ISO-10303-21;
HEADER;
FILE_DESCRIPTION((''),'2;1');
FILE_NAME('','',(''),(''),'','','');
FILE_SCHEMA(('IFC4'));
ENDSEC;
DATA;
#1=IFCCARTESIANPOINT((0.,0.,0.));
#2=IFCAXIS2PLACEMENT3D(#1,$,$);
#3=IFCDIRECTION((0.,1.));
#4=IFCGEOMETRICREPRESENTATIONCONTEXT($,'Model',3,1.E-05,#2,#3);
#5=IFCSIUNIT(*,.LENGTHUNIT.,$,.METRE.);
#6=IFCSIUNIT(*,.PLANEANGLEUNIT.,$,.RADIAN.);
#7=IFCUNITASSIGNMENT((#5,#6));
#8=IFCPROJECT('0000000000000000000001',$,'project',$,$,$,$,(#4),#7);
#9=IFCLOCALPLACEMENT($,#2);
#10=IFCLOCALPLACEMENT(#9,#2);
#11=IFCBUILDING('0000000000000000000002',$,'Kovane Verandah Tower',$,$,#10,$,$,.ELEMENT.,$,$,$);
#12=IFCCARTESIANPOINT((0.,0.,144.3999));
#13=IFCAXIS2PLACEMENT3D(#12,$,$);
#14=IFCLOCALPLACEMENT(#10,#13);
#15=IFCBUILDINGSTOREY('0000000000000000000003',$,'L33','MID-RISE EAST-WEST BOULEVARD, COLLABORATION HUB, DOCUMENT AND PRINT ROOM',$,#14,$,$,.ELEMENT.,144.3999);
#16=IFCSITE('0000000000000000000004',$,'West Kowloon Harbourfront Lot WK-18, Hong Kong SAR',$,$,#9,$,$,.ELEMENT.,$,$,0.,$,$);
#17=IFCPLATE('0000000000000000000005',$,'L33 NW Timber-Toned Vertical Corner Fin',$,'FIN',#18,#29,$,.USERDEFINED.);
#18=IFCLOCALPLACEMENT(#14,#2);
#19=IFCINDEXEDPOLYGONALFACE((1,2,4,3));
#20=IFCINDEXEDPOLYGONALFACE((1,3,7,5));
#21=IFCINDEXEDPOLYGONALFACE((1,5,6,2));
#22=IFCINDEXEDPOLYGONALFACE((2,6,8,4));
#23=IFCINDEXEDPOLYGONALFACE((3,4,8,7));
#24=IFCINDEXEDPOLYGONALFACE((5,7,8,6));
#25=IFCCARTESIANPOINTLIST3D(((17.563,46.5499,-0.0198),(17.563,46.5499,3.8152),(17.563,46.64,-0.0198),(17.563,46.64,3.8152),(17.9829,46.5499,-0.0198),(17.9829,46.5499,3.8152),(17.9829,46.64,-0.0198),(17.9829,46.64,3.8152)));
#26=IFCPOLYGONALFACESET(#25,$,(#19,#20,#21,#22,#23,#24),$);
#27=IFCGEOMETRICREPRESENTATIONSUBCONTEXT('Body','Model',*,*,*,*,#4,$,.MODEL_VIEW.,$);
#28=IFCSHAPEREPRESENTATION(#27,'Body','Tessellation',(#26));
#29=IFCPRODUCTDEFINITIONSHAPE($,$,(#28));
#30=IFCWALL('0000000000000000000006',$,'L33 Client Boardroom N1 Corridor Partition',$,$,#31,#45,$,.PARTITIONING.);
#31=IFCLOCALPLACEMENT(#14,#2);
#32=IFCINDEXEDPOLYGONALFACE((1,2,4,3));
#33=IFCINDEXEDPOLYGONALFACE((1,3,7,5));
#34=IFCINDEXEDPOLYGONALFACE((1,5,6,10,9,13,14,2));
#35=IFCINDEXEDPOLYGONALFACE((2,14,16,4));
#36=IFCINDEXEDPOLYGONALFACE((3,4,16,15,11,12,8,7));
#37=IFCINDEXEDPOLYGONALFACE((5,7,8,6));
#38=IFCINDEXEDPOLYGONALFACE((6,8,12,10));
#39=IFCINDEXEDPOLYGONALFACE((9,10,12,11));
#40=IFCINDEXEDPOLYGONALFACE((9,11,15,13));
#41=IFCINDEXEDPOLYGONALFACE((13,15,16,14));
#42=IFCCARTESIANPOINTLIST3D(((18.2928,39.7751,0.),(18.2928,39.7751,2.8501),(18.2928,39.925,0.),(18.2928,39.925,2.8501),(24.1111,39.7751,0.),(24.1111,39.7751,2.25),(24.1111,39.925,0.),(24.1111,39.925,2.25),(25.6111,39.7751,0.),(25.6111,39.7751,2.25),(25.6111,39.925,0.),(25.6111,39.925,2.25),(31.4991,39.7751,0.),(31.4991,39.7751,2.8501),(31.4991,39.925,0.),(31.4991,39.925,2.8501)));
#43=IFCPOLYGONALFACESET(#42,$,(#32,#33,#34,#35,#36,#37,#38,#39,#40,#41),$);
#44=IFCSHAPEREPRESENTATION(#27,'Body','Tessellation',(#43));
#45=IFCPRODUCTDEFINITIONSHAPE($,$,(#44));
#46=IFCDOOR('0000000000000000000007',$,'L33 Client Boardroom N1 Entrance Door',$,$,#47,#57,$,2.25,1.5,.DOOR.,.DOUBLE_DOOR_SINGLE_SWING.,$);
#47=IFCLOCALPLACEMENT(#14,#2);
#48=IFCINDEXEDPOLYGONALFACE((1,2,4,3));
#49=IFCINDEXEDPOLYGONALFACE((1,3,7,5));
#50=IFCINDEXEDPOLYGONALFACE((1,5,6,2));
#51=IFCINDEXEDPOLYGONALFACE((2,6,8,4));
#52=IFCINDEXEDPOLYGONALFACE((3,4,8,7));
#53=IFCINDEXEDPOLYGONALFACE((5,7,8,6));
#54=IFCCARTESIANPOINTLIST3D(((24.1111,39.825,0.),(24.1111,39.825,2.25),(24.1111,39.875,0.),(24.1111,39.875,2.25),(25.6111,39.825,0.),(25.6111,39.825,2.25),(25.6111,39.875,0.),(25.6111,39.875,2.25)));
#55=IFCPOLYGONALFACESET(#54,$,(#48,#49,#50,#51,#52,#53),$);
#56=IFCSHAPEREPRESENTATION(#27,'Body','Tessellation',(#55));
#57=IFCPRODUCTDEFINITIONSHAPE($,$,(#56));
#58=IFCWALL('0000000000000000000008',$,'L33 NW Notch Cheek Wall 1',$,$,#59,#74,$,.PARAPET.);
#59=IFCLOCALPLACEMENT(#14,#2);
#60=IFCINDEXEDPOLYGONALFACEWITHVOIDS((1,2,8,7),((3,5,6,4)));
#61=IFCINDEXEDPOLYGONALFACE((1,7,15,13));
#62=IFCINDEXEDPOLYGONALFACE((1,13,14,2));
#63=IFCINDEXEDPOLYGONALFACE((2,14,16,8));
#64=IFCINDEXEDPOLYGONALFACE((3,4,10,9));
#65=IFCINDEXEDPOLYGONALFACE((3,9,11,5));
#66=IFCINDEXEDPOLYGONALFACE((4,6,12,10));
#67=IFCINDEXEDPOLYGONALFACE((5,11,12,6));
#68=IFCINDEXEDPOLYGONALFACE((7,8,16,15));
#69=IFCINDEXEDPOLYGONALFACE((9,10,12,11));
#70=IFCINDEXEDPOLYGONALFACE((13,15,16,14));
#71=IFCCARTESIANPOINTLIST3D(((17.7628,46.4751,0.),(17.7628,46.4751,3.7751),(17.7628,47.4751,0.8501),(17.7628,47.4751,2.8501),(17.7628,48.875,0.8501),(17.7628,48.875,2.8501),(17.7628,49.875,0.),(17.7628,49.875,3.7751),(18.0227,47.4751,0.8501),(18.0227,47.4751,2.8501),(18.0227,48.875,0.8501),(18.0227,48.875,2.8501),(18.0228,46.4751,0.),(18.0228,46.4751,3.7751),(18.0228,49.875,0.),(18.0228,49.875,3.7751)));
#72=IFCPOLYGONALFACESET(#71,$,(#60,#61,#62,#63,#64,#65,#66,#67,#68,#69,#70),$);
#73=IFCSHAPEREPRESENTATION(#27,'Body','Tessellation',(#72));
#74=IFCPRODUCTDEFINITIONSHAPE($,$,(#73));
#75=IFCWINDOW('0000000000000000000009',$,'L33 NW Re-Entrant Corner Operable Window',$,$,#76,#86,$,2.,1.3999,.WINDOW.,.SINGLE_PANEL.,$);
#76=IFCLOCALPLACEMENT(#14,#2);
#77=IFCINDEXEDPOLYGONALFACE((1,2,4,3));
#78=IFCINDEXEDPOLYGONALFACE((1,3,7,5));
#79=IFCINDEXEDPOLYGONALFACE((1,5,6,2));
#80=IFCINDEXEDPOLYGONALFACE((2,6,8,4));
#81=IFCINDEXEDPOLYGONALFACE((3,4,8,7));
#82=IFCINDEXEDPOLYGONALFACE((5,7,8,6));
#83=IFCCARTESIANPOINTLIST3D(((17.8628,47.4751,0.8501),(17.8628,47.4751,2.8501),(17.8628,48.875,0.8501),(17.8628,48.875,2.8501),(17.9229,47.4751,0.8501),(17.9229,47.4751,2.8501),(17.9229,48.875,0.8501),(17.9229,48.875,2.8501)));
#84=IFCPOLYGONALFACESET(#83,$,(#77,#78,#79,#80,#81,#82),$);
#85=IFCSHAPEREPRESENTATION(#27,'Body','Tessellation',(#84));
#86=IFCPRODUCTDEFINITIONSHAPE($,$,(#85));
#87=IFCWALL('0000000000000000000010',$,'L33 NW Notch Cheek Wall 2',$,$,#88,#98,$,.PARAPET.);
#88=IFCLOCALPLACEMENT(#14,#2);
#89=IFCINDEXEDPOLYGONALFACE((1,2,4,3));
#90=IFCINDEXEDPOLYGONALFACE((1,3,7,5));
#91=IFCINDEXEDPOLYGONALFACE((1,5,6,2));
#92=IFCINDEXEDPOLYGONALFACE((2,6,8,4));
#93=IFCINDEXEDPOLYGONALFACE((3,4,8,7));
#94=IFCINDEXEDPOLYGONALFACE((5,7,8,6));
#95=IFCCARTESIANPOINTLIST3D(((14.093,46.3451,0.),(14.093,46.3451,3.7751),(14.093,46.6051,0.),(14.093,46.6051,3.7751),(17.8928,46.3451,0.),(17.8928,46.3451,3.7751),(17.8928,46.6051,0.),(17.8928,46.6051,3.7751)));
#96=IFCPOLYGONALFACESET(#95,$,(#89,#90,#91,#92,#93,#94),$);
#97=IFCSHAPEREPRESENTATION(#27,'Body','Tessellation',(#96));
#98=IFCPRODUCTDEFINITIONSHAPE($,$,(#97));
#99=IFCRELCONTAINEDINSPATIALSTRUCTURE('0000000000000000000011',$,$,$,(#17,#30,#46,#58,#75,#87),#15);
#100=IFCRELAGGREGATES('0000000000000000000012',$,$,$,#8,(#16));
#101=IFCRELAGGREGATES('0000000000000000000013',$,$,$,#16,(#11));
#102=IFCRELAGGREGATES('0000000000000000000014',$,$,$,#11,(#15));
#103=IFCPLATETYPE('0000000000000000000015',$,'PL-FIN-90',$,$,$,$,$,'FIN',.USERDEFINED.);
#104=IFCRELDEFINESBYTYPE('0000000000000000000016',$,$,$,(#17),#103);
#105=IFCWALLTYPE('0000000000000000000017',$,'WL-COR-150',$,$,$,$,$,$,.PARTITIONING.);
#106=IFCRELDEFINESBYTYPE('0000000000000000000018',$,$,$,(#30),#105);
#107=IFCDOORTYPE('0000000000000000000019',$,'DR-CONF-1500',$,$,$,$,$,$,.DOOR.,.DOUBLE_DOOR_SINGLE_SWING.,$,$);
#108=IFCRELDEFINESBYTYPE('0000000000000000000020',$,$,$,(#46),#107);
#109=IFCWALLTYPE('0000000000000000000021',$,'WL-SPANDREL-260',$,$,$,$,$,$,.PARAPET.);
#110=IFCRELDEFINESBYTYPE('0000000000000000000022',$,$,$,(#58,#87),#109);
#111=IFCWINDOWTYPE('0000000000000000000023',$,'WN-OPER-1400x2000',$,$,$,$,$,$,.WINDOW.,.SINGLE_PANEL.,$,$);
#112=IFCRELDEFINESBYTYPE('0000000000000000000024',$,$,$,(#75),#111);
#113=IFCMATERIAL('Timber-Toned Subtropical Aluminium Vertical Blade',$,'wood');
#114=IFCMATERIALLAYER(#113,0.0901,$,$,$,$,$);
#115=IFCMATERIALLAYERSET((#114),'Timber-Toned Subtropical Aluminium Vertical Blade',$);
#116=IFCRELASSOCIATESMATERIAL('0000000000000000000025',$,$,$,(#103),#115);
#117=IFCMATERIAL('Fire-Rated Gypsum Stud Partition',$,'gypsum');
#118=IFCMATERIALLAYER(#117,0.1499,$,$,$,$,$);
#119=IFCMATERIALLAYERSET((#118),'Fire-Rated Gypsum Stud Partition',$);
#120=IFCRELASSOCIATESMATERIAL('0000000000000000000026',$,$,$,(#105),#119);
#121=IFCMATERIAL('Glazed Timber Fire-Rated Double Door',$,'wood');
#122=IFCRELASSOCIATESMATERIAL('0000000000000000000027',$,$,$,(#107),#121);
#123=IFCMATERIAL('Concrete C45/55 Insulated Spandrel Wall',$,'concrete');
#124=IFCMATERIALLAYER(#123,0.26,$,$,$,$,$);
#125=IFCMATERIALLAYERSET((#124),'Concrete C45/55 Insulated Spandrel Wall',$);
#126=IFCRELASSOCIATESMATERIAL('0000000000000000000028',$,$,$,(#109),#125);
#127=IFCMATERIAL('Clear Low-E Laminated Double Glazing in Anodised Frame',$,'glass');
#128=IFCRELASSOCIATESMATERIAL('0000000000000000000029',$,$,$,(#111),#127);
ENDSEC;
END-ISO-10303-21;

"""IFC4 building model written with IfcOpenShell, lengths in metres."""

from ifc_helpers import new_model, si_unit, direction, frame, frame_2d, origin, origin_2d, place, context, subcontext, project, spatial, rectangle, extrude, material, layer, layer_set, type_object, element, fill, save


model = new_model("IFC4")

# Units and contexts
model_context = context("Model", 3, precision=1e-05, world=origin(), true_north=direction((0.0, 1.0)))
body_context = subcontext(model_context, "Body", "Model", "MODEL_VIEW")
ifc_project = project(units=[si_unit("LENGTHUNIT", "METRE"), si_unit("PLANEANGLEUNIT", "RADIAN")], contexts=[model_context])

# Site, building, storey
site_placement = place(None, origin())
site = spatial("IfcSite", under=ifc_project, at=site_placement, Name="West Kowloon Harbourfront Lot WK-18, Hong Kong SAR", CompositionType="ELEMENT", RefElevation=0.0)
building_placement = place(site_placement, origin())
building = spatial("IfcBuilding", under=site, at=building_placement, Name="Kovane Verandah Tower", CompositionType="ELEMENT")
storey_placement = place(building_placement, frame((0.0, 0.0, 144.3999)))
storey = spatial("IfcBuildingStorey", under=building, at=storey_placement, Name="L33", Description="MID-RISE EAST-WEST BOULEVARD, COLLABORATION HUB, DOCUMENT AND PRINT ROOM", CompositionType="ELEMENT", Elevation=144.3999)

# Plate
ifc_material_1 = material(Name="Timber-Toned Subtropical Aluminium Vertical Blade", Category="wood")
ifc_layer_1 = layer(ifc_material_1, 0.0901)
ifc_layer_set_1 = layer_set([ifc_layer_1], Name="Timber-Toned Subtropical Aluminium Vertical Blade")
plate_type_1 = type_object("IfcPlateType", Name="PL-FIN-90", ElementType="FIN", PredefinedType="USERDEFINED", material=ifc_layer_set_1)
plate_1_placement = place(storey_placement, frame((17.7729, 46.595, -0.0198), z_axis=(0.0, 0.0, 1.0), x_axis=(1.0, 0.0, 0.0)))
element("IfcPlate", 1, at=plate_1_placement, inside=storey, type_object=plate_type_1, Name="L33 NW Timber-Toned Vertical Corner Fin", ObjectType="FIN", PredefinedType="USERDEFINED", context=body_context, shape_type="SweptSolid", body=[
    extrude(rectangle(XDim=0.4199, YDim=0.0901, at=origin_2d()), origin(), (0.0, 0.0, 1.0), 3.835),
])

# Wall, opening, door
ifc_material_2 = material(Name="Fire-Rated Gypsum Stud Partition", Category="gypsum")
ifc_layer_2 = layer(ifc_material_2, 0.1499)
ifc_layer_set_2 = layer_set([ifc_layer_2], Name="Fire-Rated Gypsum Stud Partition")
wall_type_1 = type_object("IfcWallType", Name="WL-COR-150", PredefinedType="PARTITIONING", material=ifc_layer_set_2)
wall_1_placement = place(storey_placement, frame((18.293, 39.8501, 0.0), z_axis=(0.0, 0.0, 1.0), x_axis=(1.0, 0.0, 0.0)))
wall_1 = element("IfcWall", 2, at=wall_1_placement, inside=storey, type_object=wall_type_1, Name="L33 Client Boardroom N1 Corridor Partition", PredefinedType="PARTITIONING", context=body_context, shape_type="SweptSolid", body=[
    extrude(rectangle(XDim=13.2063, YDim=0.1499, at=frame_2d((6.603, 0.0))), origin(), (0.0, 0.0, 1.0), 2.8501),
])
opening_1_placement = place(wall_1_placement, frame((5.8181, 0.0, 0.0)))
opening_1 = element("IfcOpeningElement", 3, at=opening_1_placement, cuts=wall_1, PredefinedType="OPENING", context=body_context, shape_type="SweptSolid", body=[
    extrude(rectangle(XDim=1.5, YDim=2.25, at=frame_2d((0.75, 1.125))), frame((0.0, 0.075, 0.0), z_axis=(0.0, -1.0, 0.0), x_axis=(1.0, 0.0, 0.0)), (0.0, 0.0, 1.0), 0.1499),
])
ifc_material_3 = material(Name="Glazed Timber Fire-Rated Double Door", Category="wood")
door_type_1 = type_object("IfcDoorType", Name="DR-CONF-1500", OperationType="DOUBLE_DOOR_SINGLE_SWING", PredefinedType="DOOR", material=ifc_material_3)
door_1_placement = place(opening_1_placement, origin())
door_1 = element("IfcDoor", 4, at=door_1_placement, inside=storey, type_object=door_type_1, Name="L33 Client Boardroom N1 Entrance Door", OperationType="DOUBLE_DOOR_SINGLE_SWING", OverallHeight=2.25, OverallWidth=1.5, PredefinedType="DOOR", context=body_context, shape_type="SweptSolid", body=[
    extrude(rectangle(XDim=1.5, YDim=2.25, at=frame_2d((0.75, 1.125))), frame((0.0, 0.0249, 0.0), z_axis=(0.0, -1.0, 0.0), x_axis=(1.0, 0.0, 0.0)), (0.0, 0.0, 1.0), 0.05),
])
fill(opening_1, door_1)

# Shared definitions
ifc_material_4 = material(Name="Concrete C45/55 Insulated Spandrel Wall", Category="concrete")
ifc_layer_3 = layer(ifc_material_4, 0.26)
ifc_layer_set_3 = layer_set([ifc_layer_3], Name="Concrete C45/55 Insulated Spandrel Wall")
wall_type_2 = type_object("IfcWallType", Name="WL-SPANDREL-260", PredefinedType="PARAPET", material=ifc_layer_set_3)
ifc_material_5 = material(Name="Clear Low-E Laminated Double Glazing in Anodised Frame", Category="glass")

# Wall, opening, window
wall_2_placement = place(storey_placement, frame((17.8928, 49.875, 0.0), z_axis=(0.0, 0.0, 1.0), x_axis=(0.0, -1.0, 0.0)))
wall_2 = element("IfcWall", 5, at=wall_2_placement, inside=storey, type_object=wall_type_2, Name="L33 NW Notch Cheek Wall 1", PredefinedType="PARAPET", context=body_context, shape_type="SweptSolid", body=[
    extrude(rectangle(XDim=3.3999, YDim=0.26, at=frame_2d((1.7, 0.0))), origin(), (0.0, 0.0, 1.0), 3.7751),
])
opening_2_placement = place(wall_2_placement, frame((1.0, 0.0, 0.8501)))
opening_2 = element("IfcOpeningElement", 6, at=opening_2_placement, cuts=wall_2, PredefinedType="OPENING", context=body_context, shape_type="SweptSolid", body=[
    extrude(rectangle(XDim=1.3999, YDim=2.0, at=frame_2d((0.7, 1.0))), frame((0.0, 0.1299, 0.0), z_axis=(0.0, -1.0, 0.0), x_axis=(1.0, 0.0, 0.0)), (0.0, 0.0, 1.0), 0.26),
])
window_type_1 = type_object("IfcWindowType", Name="WN-OPER-1400x2000", PartitioningType="SINGLE_PANEL", PredefinedType="WINDOW", material=ifc_material_5)
window_1_placement = place(opening_2_placement, origin())
window_1 = element("IfcWindow", 7, at=window_1_placement, inside=storey, type_object=window_type_1, Name="L33 NW Re-Entrant Corner Operable Window", OverallHeight=2.0, OverallWidth=1.3999, PartitioningType="SINGLE_PANEL", PredefinedType="WINDOW", context=body_context, shape_type="SweptSolid", body=[
    extrude(rectangle(XDim=1.3999, YDim=2.0, at=frame_2d((0.7, 1.0))), frame((0.0, 0.03, 0.0), z_axis=(0.0, -1.0, 0.0), x_axis=(1.0, 0.0, 0.0)), (0.0, 0.0, 1.0), 0.0601),
])
fill(opening_2, window_1)

# Wall
wall_3_placement = place(storey_placement, frame((17.8928, 46.4751, 0.0), z_axis=(0.0, 0.0, 1.0), x_axis=(-1.0, 0.0, 0.0)))
element("IfcWall", 8, at=wall_3_placement, inside=storey, type_object=wall_type_2, Name="L33 NW Notch Cheek Wall 2", PredefinedType="PARAPET", context=body_context, shape_type="SweptSolid", body=[
    extrude(rectangle(XDim=3.7998, YDim=0.26, at=frame_2d((1.8999, 0.0))), origin(), (0.0, 0.0, 1.0), 3.7751),
])

save(model, "model.ifc")
